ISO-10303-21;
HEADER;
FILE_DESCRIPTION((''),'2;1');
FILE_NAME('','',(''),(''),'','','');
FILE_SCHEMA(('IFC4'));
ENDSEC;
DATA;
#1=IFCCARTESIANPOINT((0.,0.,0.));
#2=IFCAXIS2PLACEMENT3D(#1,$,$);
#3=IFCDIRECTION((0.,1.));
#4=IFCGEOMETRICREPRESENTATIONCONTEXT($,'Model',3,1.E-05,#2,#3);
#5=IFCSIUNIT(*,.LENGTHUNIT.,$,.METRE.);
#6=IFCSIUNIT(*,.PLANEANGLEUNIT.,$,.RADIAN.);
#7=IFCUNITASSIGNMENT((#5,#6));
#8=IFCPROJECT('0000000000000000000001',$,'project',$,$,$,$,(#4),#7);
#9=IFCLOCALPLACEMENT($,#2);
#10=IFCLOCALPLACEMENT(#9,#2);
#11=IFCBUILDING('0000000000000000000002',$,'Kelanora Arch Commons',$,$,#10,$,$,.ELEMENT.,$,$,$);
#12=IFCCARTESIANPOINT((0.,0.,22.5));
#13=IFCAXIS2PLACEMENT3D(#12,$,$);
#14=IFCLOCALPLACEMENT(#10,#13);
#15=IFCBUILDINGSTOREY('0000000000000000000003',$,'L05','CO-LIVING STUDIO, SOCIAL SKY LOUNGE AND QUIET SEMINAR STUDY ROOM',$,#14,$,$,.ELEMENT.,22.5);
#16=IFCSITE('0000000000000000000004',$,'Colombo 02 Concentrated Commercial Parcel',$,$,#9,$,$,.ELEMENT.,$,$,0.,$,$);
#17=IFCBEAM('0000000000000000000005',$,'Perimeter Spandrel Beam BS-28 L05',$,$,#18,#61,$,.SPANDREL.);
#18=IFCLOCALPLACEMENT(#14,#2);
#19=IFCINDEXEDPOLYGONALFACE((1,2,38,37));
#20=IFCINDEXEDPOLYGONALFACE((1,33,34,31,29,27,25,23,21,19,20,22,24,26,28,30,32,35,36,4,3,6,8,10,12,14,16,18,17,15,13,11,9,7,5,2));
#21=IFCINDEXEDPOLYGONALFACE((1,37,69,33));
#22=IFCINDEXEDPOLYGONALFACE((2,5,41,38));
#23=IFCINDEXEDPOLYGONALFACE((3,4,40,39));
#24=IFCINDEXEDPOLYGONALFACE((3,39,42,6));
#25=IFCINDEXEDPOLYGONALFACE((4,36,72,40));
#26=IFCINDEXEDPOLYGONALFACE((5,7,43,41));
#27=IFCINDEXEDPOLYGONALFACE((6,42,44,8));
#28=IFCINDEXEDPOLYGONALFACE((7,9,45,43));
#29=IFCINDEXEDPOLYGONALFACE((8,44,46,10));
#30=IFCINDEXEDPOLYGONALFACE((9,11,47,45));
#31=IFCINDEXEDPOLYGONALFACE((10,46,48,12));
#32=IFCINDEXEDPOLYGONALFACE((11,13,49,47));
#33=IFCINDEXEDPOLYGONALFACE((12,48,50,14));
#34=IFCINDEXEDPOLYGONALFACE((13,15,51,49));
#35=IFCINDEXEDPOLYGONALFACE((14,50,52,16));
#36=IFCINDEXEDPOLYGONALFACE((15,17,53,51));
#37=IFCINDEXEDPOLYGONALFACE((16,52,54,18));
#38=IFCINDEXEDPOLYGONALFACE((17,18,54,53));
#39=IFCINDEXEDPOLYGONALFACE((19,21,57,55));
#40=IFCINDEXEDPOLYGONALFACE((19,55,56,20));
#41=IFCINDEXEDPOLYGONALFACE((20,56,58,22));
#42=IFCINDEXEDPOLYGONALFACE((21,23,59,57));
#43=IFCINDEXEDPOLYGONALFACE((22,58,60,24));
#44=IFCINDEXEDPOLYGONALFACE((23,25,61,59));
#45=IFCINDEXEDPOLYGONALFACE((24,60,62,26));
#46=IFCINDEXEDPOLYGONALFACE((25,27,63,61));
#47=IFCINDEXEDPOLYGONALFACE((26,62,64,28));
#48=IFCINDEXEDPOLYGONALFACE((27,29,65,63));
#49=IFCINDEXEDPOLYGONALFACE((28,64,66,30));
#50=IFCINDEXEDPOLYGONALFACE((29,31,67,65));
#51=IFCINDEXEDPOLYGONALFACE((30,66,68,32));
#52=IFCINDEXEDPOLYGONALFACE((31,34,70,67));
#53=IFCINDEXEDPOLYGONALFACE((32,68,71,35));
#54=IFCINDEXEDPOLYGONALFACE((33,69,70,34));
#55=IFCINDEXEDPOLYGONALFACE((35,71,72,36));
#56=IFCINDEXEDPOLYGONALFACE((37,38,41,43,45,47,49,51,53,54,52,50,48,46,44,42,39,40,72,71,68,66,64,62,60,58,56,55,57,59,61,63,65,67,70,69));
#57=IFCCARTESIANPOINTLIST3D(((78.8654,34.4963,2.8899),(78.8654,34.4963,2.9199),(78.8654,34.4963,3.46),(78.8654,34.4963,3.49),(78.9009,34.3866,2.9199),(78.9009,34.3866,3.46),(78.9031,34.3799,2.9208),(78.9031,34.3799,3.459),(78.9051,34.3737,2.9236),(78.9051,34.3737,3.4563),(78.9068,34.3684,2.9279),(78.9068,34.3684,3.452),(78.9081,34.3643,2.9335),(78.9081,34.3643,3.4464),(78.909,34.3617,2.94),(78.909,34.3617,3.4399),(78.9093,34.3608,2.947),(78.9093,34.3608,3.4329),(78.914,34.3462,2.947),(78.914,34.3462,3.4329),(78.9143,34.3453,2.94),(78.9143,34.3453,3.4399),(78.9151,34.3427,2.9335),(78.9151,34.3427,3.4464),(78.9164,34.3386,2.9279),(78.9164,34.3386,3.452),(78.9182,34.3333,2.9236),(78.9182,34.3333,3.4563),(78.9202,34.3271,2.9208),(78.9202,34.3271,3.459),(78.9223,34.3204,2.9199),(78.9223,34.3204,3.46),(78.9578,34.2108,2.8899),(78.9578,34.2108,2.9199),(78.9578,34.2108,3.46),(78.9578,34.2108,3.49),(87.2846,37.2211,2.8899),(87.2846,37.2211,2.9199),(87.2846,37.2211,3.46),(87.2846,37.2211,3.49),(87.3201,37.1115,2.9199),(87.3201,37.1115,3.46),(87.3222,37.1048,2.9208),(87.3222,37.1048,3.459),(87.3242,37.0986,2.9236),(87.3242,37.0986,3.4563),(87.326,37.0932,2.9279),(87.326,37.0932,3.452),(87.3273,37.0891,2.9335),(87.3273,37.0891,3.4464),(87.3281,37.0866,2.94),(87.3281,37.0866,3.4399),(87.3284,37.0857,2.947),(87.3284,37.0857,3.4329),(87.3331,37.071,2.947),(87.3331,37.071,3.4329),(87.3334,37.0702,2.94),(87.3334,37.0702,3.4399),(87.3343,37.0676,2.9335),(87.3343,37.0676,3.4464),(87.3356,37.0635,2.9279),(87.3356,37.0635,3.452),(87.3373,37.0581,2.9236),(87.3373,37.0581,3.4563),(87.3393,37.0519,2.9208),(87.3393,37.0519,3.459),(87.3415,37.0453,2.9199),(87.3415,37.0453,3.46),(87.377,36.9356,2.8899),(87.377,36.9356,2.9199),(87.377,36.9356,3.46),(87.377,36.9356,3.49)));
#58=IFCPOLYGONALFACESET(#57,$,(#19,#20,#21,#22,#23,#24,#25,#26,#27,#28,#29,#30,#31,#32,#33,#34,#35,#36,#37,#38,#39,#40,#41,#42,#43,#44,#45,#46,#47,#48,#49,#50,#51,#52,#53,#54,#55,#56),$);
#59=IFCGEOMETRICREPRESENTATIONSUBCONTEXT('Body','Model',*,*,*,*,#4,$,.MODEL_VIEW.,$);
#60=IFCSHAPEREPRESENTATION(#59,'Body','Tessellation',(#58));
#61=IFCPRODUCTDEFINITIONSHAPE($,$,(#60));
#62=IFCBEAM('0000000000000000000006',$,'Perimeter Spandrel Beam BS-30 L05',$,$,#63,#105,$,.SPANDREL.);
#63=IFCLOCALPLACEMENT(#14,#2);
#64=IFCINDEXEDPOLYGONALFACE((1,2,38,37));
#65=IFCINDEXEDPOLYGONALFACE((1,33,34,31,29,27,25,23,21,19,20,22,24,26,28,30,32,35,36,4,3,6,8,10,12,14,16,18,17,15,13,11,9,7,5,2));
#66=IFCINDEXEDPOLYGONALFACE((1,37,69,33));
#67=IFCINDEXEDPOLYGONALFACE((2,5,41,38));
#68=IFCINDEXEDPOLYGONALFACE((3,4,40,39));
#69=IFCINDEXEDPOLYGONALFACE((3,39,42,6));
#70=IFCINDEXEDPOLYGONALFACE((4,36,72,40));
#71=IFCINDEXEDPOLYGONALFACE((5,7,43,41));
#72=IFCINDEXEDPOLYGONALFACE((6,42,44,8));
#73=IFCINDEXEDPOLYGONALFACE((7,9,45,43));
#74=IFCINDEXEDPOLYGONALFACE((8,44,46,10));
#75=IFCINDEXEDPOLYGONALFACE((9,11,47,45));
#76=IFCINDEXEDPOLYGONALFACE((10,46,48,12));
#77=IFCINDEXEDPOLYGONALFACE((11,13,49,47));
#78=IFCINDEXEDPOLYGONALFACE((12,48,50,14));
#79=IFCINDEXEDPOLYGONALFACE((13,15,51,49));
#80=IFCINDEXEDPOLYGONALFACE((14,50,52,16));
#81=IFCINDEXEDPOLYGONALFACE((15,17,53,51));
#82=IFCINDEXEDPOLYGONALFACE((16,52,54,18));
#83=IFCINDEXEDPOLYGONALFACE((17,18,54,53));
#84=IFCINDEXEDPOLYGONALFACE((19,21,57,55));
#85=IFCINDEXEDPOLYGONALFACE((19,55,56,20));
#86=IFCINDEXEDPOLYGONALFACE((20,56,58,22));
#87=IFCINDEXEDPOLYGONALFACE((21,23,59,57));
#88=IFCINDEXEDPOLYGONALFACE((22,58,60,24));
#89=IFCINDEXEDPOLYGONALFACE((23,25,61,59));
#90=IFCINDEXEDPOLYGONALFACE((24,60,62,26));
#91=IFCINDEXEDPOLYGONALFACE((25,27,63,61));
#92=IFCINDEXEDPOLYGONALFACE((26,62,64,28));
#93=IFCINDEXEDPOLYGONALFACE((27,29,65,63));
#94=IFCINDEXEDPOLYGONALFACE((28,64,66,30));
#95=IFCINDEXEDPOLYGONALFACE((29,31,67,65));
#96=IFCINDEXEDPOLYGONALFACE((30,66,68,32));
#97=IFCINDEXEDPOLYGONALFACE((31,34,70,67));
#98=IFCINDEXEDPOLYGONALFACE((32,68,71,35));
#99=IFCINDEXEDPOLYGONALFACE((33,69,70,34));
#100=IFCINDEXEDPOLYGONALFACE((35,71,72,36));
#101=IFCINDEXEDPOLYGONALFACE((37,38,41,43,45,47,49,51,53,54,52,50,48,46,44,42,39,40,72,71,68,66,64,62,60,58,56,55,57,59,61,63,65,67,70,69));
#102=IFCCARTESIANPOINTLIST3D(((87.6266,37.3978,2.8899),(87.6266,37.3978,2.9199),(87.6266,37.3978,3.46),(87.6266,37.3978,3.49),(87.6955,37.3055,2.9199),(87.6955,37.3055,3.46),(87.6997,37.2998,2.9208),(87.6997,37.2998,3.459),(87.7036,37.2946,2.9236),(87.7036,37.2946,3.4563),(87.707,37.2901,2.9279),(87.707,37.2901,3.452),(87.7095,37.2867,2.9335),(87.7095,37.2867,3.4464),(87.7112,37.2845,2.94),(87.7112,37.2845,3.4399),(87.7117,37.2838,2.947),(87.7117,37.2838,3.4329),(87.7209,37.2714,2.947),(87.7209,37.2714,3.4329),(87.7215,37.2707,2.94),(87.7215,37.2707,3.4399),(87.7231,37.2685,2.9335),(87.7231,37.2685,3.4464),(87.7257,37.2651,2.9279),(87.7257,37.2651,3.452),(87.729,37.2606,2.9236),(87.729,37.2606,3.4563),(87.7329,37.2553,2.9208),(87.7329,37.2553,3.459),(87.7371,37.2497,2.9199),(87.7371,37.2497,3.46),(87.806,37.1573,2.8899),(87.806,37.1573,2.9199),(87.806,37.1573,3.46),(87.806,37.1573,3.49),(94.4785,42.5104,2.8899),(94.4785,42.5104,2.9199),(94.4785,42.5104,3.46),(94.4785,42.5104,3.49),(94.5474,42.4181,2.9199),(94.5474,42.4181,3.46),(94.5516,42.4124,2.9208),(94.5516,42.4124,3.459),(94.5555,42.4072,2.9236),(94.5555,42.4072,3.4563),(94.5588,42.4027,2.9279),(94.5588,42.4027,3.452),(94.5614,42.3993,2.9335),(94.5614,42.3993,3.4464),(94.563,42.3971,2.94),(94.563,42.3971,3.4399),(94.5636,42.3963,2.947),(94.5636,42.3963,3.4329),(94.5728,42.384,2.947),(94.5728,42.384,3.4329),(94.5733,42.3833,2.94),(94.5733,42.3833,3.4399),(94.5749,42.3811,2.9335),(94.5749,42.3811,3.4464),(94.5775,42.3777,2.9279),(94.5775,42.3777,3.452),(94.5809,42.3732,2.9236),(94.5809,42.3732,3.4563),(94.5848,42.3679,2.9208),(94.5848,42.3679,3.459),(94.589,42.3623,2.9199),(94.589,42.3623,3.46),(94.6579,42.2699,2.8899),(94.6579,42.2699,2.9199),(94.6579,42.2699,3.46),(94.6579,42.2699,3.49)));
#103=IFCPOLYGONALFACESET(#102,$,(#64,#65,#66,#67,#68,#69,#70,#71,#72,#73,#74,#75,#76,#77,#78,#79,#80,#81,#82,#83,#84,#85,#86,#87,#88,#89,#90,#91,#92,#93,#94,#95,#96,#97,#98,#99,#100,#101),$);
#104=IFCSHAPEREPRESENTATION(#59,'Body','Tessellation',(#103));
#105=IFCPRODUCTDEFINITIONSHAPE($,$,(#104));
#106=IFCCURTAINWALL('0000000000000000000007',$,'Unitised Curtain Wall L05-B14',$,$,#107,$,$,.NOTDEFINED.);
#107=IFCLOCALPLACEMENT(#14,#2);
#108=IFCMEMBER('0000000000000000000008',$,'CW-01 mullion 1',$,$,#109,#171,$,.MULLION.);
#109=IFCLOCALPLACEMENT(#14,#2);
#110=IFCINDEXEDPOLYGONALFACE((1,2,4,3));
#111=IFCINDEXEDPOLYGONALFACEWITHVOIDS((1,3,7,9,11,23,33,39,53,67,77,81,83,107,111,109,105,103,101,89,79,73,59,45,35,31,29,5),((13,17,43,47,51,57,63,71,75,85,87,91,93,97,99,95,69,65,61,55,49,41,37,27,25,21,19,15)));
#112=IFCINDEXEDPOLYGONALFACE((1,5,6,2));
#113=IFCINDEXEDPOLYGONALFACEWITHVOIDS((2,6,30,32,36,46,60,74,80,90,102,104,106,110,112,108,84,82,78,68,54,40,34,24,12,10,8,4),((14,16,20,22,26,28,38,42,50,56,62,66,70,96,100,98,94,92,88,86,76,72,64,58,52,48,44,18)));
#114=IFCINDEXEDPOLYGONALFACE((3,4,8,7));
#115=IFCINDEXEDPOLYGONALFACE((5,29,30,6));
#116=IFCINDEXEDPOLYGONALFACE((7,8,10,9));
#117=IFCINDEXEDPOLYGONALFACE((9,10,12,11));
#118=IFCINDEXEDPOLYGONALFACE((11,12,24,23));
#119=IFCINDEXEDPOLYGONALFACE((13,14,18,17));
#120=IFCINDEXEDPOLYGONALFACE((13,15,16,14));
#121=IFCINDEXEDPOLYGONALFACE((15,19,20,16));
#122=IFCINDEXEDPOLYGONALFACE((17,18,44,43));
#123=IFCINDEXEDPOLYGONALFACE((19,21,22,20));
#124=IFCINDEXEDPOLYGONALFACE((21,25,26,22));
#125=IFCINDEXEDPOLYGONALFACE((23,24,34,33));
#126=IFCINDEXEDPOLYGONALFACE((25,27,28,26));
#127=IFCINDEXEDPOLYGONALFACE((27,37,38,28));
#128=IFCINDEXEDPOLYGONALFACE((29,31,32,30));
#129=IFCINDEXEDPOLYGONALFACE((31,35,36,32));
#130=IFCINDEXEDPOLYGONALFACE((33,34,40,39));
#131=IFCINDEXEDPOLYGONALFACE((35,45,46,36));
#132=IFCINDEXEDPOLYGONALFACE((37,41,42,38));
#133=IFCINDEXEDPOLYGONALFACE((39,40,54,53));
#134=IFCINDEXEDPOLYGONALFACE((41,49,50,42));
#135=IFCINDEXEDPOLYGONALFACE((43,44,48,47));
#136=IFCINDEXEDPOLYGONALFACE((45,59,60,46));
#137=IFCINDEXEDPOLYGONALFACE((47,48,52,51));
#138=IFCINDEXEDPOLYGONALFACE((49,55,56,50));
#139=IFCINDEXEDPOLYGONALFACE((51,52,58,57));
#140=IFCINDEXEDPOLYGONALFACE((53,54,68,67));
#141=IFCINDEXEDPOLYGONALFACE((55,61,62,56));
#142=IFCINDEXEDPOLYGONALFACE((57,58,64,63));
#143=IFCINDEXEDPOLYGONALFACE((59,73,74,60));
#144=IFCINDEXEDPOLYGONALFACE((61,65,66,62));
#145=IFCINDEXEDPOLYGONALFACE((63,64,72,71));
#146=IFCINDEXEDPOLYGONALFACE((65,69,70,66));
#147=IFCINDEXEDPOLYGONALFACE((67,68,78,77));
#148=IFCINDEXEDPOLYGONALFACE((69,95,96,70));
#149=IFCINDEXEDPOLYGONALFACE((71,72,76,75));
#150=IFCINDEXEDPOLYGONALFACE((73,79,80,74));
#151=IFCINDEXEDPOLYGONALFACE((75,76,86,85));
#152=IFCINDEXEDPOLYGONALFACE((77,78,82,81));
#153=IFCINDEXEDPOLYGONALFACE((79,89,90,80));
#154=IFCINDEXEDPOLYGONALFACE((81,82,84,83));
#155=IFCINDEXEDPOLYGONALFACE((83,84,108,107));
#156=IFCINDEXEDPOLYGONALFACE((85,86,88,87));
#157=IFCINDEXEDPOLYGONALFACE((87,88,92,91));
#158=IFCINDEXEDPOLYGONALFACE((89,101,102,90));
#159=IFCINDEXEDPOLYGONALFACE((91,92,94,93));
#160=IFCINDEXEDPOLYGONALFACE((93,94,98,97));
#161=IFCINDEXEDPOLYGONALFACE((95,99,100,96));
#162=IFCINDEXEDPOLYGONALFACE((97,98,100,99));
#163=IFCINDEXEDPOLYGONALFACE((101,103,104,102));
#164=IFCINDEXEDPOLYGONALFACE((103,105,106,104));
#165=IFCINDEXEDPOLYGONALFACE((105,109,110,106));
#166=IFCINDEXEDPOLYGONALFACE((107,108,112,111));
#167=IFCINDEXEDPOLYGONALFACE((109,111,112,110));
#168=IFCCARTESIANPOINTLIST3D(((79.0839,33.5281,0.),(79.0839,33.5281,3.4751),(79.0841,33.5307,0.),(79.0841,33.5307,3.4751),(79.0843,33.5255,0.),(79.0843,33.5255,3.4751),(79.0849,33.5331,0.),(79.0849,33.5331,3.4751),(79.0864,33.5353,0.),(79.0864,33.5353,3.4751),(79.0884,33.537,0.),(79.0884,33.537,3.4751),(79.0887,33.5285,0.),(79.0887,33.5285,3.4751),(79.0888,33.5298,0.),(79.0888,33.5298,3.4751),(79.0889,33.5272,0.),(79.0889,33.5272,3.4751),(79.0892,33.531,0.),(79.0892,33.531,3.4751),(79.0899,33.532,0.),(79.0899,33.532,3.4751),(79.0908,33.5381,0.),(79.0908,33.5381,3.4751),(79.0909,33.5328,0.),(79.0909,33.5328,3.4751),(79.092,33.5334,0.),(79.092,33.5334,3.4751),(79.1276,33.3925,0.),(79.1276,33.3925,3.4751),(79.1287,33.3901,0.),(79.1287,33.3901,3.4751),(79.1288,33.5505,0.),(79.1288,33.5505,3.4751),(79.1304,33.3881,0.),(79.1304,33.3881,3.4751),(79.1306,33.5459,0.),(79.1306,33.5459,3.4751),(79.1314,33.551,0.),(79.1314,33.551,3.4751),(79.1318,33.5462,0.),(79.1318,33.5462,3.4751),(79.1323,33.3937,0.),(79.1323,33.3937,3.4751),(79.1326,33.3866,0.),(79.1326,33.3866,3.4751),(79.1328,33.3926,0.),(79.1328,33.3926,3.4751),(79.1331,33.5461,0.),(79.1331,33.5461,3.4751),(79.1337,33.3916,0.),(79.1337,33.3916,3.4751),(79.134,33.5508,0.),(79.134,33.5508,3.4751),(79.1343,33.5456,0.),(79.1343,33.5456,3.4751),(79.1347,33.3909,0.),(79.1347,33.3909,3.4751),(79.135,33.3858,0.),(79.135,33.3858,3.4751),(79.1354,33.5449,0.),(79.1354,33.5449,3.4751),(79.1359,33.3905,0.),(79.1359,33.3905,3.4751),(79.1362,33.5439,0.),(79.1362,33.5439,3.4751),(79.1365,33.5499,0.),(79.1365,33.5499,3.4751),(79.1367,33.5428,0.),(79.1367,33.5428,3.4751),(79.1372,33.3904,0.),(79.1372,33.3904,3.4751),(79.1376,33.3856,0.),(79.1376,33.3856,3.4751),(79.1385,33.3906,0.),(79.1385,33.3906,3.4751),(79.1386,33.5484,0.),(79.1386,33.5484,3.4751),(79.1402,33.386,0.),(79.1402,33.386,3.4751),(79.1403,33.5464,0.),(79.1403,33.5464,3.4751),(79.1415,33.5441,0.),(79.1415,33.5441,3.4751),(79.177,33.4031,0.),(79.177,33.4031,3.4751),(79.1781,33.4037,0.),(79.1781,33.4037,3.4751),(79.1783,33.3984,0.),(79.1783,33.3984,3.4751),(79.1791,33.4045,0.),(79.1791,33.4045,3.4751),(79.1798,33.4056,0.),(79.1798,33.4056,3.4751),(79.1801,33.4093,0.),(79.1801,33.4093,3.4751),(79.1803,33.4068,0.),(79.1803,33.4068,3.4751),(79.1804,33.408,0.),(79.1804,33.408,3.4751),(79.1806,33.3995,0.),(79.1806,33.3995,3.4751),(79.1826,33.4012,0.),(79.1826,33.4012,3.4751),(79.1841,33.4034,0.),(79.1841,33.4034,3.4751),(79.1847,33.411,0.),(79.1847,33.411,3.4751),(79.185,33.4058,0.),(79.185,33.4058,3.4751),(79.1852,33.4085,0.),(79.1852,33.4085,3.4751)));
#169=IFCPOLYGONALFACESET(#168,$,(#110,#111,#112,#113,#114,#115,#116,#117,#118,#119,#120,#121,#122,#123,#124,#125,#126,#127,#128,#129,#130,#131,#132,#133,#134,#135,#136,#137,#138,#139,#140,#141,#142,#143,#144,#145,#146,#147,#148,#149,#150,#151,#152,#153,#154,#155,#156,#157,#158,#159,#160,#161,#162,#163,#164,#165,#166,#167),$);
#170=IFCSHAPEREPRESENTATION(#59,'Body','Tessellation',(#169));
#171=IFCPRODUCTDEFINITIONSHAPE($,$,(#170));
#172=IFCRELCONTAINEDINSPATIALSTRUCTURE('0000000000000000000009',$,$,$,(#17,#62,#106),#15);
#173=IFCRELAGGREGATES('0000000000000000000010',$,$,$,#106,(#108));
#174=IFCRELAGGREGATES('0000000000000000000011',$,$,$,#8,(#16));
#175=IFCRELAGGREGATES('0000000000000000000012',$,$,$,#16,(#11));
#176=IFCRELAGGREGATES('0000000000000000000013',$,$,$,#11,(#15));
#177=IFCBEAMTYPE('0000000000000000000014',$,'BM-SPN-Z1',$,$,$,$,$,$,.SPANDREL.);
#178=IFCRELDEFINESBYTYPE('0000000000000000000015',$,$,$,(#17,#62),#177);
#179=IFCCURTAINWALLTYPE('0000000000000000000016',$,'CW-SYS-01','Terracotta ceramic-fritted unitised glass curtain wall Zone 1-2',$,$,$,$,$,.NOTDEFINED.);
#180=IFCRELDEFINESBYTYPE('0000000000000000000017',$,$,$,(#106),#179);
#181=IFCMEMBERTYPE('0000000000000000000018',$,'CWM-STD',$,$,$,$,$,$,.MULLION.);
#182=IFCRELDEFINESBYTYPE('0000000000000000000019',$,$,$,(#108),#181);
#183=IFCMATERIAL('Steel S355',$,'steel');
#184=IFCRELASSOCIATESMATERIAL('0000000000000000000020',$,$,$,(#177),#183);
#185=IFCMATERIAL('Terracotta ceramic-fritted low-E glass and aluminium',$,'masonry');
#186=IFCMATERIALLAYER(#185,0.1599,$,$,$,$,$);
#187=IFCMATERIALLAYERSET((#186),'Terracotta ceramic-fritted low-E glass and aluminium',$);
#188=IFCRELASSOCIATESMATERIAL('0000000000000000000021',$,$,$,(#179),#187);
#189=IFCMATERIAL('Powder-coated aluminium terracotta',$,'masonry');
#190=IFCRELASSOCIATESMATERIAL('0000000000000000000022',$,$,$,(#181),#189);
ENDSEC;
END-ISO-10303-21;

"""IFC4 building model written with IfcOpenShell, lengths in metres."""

from ifc_helpers import new_model, si_unit, direction, frame, origin, origin_2d, place, context, subcontext, project, spatial, hollow_rectangle, i_section, extrude, material, layer, layer_set, material_profile, profile_set, type_object, element, aggregate, save


model = new_model("IFC4")

# Units and contexts
model_context = context("Model", 3, precision=1e-05, world=origin(), true_north=direction((0.0, 1.0)))
body_context = subcontext(model_context, "Body", "Model", "MODEL_VIEW")
ifc_project = project(units=[si_unit("LENGTHUNIT", "METRE"), si_unit("PLANEANGLEUNIT", "RADIAN")], contexts=[model_context])

# Site, building, storey
site_placement = place(None, origin())
site = spatial("IfcSite", under=ifc_project, at=site_placement, Name="Colombo 02 Concentrated Commercial Parcel", CompositionType="ELEMENT", RefElevation=0.0)
building_placement = place(site_placement, origin())
building = spatial("IfcBuilding", under=site, at=building_placement, Name="Kelanora Arch Commons", CompositionType="ELEMENT")
storey_placement = place(building_placement, frame((0.0, 0.0, 22.5)))
storey = spatial("IfcBuildingStorey", under=building, at=storey_placement, Name="L05", Description="CO-LIVING STUDIO, SOCIAL SKY LOUNGE AND QUIET SEMINAR STUDY ROOM", CompositionType="ELEMENT", Elevation=22.5)

# Beams
ifc_material_1 = material(Name="Steel S355", Category="steel")
ifc_material_profile_1 = material_profile(ifc_material_1, i_section(OverallWidth=0.3, OverallDepth=0.6001, WebThickness=0.0154, FlangeThickness=0.03, FilletRadius=0.0271, at=origin_2d()), Name="HEB600")
ifc_profile_set_1 = profile_set([ifc_material_profile_1], Name="Steel S355")
beam_type_1 = type_object("IfcBeamType", Name="BM-SPN-Z1", PredefinedType="SPANDREL", material=ifc_profile_set_1)
beam_1_placement = place(storey_placement, frame((78.9116, 34.3535, 3.1899), z_axis=(0.951411, 0.307922, 0.0), x_axis=(-0.307922, 0.951411, 0.0)))
element("IfcBeam", 1, at=beam_1_placement, inside=storey, type_object=beam_type_1, Name="Perimeter Spandrel Beam BS-28 L05", PredefinedType="SPANDREL", context=body_context, shape_type="SweptSolid", body=[
    extrude(i_section(OverallWidth=0.3, OverallDepth=0.6001, WebThickness=0.0154, FlangeThickness=0.03, FilletRadius=0.0271, at=origin_2d()), origin(), (0.0, 0.0, 1.0), 8.8491),
])
beam_2_placement = place(storey_placement, frame((87.7163, 37.2776, 3.1899), z_axis=(0.801475, 0.598029, 0.0), x_axis=(-0.598029, 0.801475, 0.0)))
element("IfcBeam", 2, at=beam_2_placement, inside=storey, type_object=beam_type_1, Name="Perimeter Spandrel Beam BS-30 L05", PredefinedType="SPANDREL", context=body_context, shape_type="SweptSolid", body=[
    extrude(i_section(OverallWidth=0.3, OverallDepth=0.6001, WebThickness=0.0154, FlangeThickness=0.03, FilletRadius=0.0271, at=origin_2d()), origin(), (0.0, 0.0, 1.0), 8.5491),
])

# Curtain wall, member
ifc_material_2 = material(Name="Terracotta ceramic-fritted low-E glass and aluminium", Category="masonry")
ifc_layer_1 = layer(ifc_material_2, 0.1599)
ifc_layer_set_1 = layer_set([ifc_layer_1], Name="Terracotta ceramic-fritted low-E glass and aluminium")
curtain_wall_type = type_object("IfcCurtainWallType", Name="CW-SYS-01", Description="Terracotta ceramic-fritted unitised glass curtain wall Zone 1-2", PredefinedType="NOTDEFINED", material=ifc_layer_set_1)
curtain_wall_placement = place(storey_placement, origin())
curtain_wall = element("IfcCurtainWall", 3, at=curtain_wall_placement, inside=storey, type_object=curtain_wall_type, Name="Unitised Curtain Wall L05-B14", PredefinedType="NOTDEFINED")
ifc_material_3 = material(Name="Powder-coated aluminium terracotta", Category="masonry")
ifc_material_profile_2 = material_profile(ifc_material_3, hollow_rectangle(XDim=0.1599, YDim=0.0601, WallThickness=0.0049, InnerFilletRadius=0.0049, OuterFilletRadius=0.01, at=origin_2d()), Name="CWM160x60")
ifc_profile_set_2 = profile_set([ifc_material_profile_2], Name="Powder-coated aluminium terracotta")
member_type_1 = type_object("IfcMemberType", Name="CWM-STD", PredefinedType="MULLION", material=ifc_profile_set_2)
member_1_placement = place(storey_placement, frame((79.1345, 33.4683, 0.0), z_axis=(0.0, 0.0, 1.0), x_axis=(-0.309058, 0.951043, 0.0)))
member_1 = element("IfcMember", 4, at=member_1_placement, type_object=member_type_1, Name="CW-01 mullion 1", PredefinedType="MULLION", context=body_context, shape_type="SweptSolid", body=[
    extrude(hollow_rectangle(XDim=0.1599, YDim=0.0601, WallThickness=0.0049, InnerFilletRadius=0.0049, OuterFilletRadius=0.01, at=origin_2d()), origin(), (0.0, 0.0, 1.0), 3.4751),
])
aggregate(curtain_wall, [member_1])

save(model, "model.ifc")
